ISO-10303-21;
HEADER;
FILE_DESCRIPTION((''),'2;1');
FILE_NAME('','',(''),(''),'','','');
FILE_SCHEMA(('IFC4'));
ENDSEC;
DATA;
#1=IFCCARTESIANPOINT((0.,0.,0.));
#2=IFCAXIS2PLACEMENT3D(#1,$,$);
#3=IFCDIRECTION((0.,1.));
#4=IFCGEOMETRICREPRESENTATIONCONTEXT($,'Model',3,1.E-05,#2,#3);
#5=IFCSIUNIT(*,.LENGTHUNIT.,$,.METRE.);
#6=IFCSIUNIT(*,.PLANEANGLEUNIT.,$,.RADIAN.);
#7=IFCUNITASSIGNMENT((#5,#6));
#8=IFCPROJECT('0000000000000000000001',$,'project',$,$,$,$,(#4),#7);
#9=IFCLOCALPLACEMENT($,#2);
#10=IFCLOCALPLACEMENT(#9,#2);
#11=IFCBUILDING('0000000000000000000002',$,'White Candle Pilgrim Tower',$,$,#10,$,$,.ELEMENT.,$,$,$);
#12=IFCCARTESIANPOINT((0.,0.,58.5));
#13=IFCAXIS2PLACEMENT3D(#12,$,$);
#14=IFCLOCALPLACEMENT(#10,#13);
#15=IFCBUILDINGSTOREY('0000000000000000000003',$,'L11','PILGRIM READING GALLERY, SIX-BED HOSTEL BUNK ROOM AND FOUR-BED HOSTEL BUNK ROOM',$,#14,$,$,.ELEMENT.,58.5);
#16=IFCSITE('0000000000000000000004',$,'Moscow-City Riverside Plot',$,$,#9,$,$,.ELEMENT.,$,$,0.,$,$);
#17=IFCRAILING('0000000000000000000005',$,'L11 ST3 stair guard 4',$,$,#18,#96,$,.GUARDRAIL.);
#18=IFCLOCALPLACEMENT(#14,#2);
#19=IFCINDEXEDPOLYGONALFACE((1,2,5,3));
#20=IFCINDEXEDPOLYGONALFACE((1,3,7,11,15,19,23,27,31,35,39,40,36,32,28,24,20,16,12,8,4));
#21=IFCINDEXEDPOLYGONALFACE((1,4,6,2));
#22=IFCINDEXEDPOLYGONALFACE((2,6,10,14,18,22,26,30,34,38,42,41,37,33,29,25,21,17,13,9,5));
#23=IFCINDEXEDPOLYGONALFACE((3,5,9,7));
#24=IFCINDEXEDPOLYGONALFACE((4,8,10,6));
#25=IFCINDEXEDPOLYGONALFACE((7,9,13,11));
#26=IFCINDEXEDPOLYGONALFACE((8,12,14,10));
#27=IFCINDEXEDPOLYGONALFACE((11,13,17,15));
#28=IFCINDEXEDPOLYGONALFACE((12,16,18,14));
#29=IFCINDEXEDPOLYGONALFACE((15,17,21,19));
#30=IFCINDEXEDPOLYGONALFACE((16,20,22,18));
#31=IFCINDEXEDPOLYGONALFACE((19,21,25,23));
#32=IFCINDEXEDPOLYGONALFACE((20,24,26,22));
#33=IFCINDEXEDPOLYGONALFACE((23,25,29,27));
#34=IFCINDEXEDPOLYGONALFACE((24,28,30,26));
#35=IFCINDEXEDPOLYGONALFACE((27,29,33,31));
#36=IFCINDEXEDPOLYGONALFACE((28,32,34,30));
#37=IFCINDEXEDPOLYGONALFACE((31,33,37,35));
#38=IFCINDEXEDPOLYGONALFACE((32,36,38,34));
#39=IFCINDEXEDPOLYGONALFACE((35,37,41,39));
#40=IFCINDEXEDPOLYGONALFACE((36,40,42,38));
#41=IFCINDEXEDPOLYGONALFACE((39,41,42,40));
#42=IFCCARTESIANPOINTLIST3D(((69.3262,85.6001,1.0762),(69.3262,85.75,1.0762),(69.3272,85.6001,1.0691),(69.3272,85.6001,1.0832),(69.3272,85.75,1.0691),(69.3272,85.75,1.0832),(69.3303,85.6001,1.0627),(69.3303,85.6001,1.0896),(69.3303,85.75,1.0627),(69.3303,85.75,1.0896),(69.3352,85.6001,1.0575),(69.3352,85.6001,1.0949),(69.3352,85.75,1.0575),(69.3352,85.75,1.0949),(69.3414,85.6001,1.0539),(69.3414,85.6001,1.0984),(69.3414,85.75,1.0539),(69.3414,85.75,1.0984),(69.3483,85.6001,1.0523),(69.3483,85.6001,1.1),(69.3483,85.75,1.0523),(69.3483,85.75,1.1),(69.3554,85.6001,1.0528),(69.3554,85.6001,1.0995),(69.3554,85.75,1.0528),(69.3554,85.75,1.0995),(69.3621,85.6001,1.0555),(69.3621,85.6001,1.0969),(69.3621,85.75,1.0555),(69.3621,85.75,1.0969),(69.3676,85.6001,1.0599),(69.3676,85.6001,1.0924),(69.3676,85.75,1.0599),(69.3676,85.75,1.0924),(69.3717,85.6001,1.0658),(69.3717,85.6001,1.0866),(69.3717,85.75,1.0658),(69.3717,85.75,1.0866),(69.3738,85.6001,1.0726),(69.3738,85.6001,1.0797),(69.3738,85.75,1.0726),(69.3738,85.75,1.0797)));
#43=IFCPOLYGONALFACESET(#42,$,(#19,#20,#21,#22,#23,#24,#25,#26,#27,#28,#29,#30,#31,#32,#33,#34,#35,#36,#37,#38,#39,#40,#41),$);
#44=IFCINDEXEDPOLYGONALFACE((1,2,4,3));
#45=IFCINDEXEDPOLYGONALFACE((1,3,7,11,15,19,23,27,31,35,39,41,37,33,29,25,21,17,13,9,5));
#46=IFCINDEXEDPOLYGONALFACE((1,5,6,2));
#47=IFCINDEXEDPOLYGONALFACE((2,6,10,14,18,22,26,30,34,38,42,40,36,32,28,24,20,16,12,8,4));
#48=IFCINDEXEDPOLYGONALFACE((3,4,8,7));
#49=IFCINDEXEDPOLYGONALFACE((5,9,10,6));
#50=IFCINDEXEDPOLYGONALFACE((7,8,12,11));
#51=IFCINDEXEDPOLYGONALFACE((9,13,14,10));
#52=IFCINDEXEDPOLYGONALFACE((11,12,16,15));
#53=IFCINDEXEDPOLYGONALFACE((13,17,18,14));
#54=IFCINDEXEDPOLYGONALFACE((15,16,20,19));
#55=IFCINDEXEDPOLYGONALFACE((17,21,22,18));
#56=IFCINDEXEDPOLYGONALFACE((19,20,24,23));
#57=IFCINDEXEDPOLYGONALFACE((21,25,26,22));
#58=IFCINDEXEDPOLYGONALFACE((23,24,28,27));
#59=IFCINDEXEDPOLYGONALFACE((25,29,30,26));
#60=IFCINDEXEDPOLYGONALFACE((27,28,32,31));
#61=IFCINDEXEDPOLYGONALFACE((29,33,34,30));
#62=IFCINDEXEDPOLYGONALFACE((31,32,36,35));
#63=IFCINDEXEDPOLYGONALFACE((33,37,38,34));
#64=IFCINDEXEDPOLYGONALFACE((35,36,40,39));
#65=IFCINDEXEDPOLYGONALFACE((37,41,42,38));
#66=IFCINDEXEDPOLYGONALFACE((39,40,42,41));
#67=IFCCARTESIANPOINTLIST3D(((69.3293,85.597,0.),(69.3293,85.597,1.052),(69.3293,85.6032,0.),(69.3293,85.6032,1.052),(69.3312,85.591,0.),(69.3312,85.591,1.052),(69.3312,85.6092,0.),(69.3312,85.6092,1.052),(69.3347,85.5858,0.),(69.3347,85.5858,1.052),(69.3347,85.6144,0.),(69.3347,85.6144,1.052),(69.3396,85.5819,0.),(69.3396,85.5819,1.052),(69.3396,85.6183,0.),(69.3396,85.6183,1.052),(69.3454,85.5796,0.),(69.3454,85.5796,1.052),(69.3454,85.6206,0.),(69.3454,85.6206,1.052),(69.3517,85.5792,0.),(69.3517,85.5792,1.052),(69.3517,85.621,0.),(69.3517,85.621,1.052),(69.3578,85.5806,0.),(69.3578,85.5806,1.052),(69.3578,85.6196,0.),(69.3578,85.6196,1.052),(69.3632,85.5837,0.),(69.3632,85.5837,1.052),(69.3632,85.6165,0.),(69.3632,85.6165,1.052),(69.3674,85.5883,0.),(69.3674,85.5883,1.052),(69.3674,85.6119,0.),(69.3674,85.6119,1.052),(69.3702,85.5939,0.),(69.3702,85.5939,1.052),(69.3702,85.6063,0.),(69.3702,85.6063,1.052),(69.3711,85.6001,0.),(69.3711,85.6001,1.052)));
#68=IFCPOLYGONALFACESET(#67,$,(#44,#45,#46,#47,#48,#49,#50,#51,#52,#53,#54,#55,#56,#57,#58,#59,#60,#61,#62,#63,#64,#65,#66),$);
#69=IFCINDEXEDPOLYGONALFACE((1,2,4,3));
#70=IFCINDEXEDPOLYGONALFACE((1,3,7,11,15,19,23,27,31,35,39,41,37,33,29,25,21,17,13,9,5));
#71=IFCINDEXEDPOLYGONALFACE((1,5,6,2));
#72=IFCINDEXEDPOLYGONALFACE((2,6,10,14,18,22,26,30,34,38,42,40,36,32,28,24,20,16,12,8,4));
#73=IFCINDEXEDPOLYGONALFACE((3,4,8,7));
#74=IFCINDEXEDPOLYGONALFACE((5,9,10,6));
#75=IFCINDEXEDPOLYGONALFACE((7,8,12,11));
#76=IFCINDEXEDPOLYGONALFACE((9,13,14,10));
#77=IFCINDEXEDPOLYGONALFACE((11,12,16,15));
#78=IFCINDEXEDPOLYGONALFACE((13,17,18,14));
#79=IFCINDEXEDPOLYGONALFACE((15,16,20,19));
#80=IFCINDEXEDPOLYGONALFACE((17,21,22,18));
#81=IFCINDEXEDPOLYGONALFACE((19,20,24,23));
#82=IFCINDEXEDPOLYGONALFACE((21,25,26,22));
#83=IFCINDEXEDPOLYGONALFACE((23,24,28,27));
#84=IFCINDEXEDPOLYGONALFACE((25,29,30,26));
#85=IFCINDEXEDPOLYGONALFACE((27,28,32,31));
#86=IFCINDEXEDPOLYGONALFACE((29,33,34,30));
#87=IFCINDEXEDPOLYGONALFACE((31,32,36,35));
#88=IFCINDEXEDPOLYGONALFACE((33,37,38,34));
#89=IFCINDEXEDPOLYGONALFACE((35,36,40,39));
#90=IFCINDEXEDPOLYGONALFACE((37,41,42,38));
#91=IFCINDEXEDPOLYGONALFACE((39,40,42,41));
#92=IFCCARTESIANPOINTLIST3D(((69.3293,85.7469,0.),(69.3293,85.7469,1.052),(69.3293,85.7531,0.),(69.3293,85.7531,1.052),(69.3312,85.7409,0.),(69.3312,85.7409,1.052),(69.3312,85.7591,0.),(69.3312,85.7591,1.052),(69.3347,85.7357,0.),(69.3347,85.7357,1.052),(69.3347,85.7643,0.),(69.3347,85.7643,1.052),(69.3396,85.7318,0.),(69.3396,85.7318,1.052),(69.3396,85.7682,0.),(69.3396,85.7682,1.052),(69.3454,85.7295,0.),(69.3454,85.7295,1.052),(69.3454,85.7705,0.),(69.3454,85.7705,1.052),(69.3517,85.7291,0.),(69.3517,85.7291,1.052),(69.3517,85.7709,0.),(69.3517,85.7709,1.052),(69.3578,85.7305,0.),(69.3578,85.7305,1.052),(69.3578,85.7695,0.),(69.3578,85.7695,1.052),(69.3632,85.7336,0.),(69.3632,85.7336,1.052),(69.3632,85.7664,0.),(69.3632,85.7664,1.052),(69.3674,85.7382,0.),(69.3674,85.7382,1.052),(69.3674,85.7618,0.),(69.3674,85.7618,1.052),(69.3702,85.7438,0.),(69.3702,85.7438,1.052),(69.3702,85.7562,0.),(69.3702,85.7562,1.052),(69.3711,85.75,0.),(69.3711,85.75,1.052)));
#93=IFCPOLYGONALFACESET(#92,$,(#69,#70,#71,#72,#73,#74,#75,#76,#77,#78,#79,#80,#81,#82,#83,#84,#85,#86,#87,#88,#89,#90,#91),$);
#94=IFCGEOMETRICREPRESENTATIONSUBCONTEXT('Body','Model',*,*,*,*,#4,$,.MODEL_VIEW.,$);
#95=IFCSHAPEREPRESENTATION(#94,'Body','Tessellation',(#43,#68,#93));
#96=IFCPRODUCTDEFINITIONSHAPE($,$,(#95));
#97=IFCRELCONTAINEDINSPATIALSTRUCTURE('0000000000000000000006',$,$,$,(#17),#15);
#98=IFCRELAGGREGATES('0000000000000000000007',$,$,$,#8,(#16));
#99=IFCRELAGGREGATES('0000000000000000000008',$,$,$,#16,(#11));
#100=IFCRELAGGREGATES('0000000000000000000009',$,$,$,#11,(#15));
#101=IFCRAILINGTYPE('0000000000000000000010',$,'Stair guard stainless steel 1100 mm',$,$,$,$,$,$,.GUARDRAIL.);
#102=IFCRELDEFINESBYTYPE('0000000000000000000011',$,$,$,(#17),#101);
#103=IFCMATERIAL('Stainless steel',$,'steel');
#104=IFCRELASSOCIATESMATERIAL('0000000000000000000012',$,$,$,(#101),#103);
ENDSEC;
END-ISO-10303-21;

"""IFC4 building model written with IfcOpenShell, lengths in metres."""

from ifc_helpers import new_model, si_unit, direction, frame, origin, origin_2d, place, context, subcontext, project, spatial, circle, extrude, material, type_object, element, save


model = new_model("IFC4")

# Units and contexts
model_context = context("Model", 3, precision=1e-05, world=origin(), true_north=direction((0.0, 1.0)))
body_context = subcontext(model_context, "Body", "Model", "MODEL_VIEW")
ifc_project = project(units=[si_unit("LENGTHUNIT", "METRE"), si_unit("PLANEANGLEUNIT", "RADIAN")], contexts=[model_context])

# Site, building, storey
site_placement = place(None, origin())
site = spatial("IfcSite", under=ifc_project, at=site_placement, Name="Moscow-City Riverside Plot", CompositionType="ELEMENT", RefElevation=0.0)
building_placement = place(site_placement, origin())
building = spatial("IfcBuilding", under=site, at=building_placement, Name="White Candle Pilgrim Tower", CompositionType="ELEMENT")
storey_placement = place(building_placement, frame((0.0, 0.0, 58.5)))
storey = spatial("IfcBuildingStorey", under=building, at=storey_placement, Name="L11", Description="PILGRIM READING GALLERY, SIX-BED HOSTEL BUNK ROOM AND FOUR-BED HOSTEL BUNK ROOM", CompositionType="ELEMENT", Elevation=58.5)

# Railing
ifc_material_1 = material(Name="Stainless steel", Category="steel")
railing_type_1 = type_object("IfcRailingType", Name="Stair guard stainless steel 1100 mm", PredefinedType="GUARDRAIL", material=ifc_material_1)
railing_1_placement = place(storey_placement, frame((69.3501, 85.6001, 0.0)))
element("IfcRailing", 1, at=railing_1_placement, inside=storey, type_object=railing_type_1, Name="L11 ST3 stair guard 4", PredefinedType="GUARDRAIL", context=body_context, shape_type="SweptSolid", body=[
    extrude(circle(Radius=0.0239, at=origin_2d()), frame((0.0, 0.0, 1.0762), z_axis=(0.0, 1.0, 0.0), x_axis=(-1.0, 0.0, 0.0)), (0.0, 0.0, 1.0), 0.1499),
    extrude(circle(Radius=0.021, at=origin_2d()), origin(), (0.0, 0.0, 1.0), 1.052),
    extrude(circle(Radius=0.021, at=origin_2d()), frame((0.0, 0.1499, 0.0)), (0.0, 0.0, 1.0), 1.052),
])

save(model, "model.ifc")
